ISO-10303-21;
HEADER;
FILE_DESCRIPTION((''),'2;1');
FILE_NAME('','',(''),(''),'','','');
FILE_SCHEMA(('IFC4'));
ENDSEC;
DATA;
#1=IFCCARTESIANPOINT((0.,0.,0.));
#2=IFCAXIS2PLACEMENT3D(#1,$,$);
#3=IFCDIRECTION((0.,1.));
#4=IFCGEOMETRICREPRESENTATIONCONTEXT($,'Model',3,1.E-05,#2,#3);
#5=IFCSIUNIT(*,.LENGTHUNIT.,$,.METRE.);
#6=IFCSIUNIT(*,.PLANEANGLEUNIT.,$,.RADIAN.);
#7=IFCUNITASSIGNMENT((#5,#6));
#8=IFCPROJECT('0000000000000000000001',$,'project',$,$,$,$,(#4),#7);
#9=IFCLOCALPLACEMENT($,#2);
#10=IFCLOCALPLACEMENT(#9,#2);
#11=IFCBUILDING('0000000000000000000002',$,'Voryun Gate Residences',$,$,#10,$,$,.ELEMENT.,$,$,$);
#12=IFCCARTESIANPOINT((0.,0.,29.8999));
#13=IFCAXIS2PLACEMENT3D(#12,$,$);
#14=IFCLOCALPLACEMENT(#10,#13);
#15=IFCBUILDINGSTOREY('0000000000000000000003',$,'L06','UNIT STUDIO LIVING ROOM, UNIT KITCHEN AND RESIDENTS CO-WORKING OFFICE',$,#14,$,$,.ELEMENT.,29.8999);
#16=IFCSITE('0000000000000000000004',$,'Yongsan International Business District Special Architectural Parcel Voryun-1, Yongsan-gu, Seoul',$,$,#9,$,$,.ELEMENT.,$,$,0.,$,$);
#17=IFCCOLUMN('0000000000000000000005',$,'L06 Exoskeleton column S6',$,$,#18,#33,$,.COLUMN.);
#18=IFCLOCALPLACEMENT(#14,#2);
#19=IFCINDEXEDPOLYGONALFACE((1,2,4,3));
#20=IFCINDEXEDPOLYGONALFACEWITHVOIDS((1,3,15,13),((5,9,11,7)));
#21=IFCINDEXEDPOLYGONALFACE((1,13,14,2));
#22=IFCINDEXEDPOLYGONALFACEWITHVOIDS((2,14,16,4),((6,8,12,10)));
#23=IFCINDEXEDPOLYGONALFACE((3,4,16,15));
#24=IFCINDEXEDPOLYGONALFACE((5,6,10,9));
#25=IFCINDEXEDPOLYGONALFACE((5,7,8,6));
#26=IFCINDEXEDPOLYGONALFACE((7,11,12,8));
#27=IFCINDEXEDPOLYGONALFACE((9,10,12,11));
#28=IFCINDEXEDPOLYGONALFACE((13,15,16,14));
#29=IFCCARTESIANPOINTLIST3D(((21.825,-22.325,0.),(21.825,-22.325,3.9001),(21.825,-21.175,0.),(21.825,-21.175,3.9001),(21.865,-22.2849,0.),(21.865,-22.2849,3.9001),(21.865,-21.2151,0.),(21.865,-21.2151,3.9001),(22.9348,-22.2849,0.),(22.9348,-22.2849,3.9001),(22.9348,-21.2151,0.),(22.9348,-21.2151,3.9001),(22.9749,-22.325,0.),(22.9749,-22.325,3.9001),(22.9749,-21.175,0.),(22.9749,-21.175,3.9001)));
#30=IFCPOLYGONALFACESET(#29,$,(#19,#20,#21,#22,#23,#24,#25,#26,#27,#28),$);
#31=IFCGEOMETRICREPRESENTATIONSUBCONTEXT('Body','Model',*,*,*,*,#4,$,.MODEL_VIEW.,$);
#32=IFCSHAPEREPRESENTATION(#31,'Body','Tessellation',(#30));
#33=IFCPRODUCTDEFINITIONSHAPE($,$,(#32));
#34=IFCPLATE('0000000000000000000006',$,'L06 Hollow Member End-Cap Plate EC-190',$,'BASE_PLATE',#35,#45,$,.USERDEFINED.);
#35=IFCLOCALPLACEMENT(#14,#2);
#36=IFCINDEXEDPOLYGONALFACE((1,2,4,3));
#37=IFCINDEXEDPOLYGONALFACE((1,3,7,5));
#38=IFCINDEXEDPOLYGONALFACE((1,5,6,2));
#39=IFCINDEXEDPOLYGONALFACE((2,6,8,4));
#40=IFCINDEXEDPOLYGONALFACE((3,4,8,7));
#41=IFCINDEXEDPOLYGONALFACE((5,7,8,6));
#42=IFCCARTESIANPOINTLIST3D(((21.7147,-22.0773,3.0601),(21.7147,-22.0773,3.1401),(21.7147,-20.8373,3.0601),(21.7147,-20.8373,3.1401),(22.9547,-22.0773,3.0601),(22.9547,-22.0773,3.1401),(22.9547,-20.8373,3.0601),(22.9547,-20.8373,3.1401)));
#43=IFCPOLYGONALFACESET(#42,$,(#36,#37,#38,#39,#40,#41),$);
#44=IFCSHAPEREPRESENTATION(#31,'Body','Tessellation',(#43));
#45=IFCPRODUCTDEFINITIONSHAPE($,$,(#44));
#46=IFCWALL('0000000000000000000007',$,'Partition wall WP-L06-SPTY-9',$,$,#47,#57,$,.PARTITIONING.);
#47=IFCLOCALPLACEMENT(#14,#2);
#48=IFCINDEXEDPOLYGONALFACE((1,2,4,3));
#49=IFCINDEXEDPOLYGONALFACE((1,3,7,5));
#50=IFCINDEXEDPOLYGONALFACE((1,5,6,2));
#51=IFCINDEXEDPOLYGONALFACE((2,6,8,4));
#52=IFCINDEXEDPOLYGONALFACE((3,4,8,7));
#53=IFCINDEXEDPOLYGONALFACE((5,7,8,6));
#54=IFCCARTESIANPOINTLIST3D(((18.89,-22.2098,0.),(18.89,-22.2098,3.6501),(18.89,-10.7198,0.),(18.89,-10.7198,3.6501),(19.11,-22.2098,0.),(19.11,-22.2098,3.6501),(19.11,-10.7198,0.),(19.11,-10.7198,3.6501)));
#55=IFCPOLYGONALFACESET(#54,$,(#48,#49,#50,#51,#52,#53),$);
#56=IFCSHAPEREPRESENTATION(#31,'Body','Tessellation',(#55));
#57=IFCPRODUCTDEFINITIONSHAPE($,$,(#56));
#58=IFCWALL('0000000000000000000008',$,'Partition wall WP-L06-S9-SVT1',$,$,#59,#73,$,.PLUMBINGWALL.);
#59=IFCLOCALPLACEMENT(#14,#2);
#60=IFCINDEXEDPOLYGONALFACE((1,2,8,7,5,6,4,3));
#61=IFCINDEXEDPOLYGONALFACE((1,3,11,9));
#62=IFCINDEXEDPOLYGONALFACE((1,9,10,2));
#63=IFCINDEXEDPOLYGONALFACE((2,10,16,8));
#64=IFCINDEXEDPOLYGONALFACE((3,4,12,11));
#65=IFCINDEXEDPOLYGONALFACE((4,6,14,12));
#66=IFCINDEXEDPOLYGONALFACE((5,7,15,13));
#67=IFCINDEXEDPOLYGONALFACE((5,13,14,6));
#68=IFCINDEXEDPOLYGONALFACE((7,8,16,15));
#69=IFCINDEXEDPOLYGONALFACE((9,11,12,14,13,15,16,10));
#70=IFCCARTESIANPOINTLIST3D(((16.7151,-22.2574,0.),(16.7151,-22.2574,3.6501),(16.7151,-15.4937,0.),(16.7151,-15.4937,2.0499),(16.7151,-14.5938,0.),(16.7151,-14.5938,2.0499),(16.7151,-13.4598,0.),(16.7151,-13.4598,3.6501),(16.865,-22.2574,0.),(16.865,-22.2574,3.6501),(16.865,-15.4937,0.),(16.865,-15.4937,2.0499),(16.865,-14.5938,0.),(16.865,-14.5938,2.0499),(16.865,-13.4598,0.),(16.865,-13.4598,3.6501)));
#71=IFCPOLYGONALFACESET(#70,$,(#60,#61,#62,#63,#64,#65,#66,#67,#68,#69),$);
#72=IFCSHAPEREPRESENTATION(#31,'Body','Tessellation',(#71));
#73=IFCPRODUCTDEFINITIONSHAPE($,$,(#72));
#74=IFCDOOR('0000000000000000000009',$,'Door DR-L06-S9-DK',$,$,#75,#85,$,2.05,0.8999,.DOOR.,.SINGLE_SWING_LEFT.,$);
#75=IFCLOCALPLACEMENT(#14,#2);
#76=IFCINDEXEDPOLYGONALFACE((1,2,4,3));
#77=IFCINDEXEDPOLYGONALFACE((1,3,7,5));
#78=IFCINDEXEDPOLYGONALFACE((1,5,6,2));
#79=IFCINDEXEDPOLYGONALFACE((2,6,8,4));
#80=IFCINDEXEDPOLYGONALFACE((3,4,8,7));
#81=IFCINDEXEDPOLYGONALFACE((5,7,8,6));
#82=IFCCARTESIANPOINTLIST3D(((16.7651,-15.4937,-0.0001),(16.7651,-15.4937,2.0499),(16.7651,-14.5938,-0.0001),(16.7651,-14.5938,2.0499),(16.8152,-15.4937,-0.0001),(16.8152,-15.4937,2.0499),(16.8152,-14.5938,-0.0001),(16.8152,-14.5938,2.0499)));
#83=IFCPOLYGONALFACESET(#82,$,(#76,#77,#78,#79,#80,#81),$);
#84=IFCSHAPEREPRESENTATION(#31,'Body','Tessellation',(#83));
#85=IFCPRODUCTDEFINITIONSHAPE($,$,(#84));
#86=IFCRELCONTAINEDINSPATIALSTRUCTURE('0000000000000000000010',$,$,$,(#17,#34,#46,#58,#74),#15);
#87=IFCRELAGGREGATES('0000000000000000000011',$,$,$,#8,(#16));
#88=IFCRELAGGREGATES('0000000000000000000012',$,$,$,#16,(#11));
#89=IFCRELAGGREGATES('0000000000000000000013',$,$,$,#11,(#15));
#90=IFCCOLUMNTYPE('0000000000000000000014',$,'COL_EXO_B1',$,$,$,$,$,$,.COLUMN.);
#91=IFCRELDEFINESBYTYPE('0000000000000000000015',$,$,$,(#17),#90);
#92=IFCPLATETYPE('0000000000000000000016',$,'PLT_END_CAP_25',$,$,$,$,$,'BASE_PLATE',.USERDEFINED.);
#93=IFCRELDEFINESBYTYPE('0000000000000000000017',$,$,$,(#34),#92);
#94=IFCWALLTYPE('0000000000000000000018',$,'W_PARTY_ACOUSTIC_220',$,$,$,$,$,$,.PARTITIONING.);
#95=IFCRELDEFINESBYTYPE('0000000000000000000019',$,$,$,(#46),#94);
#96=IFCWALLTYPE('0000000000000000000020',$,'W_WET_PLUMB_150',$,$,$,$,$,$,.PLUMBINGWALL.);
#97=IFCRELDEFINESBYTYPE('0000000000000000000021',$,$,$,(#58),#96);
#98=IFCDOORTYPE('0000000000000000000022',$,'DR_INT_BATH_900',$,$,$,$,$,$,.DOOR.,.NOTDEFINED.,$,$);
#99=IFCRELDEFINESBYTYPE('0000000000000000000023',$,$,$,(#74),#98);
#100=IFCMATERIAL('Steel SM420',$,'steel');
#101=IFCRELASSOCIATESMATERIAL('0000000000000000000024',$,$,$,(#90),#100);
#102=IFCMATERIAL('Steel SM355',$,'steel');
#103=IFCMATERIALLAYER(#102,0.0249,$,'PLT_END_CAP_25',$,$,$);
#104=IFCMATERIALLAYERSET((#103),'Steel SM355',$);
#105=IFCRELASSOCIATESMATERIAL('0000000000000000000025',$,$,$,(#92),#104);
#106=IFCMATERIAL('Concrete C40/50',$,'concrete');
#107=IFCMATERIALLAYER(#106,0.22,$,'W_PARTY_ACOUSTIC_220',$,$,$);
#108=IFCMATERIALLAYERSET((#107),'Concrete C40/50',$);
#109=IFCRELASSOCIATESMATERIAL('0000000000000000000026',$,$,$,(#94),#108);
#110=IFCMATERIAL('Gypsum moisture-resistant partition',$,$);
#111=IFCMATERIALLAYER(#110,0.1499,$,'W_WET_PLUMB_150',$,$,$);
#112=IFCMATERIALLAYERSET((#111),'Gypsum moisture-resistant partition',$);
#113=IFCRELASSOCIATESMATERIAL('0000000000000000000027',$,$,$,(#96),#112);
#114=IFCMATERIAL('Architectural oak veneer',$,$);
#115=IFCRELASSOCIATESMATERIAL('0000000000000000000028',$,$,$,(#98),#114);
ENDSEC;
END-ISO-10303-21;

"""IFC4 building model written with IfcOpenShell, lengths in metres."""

from ifc_helpers import new_model, si_unit, direction, frame, frame_2d, origin, origin_2d, place, context, subcontext, project, spatial, rectangle, hollow_rectangle, extrude, material, layer, layer_set, material_profile, profile_set, type_object, element, fill, save


model = new_model("IFC4")

# Units and contexts
model_context = context("Model", 3, precision=1e-05, world=origin(), true_north=direction((0.0, 1.0)))
body_context = subcontext(model_context, "Body", "Model", "MODEL_VIEW")
ifc_project = project(units=[si_unit("LENGTHUNIT", "METRE"), si_unit("PLANEANGLEUNIT", "RADIAN")], contexts=[model_context])

# Site, building, storey
site_placement = place(None, origin())
site = spatial("IfcSite", under=ifc_project, at=site_placement, Name="Yongsan International Business District Special Architectural Parcel Voryun-1, Yongsan-gu, Seoul", CompositionType="ELEMENT", RefElevation=0.0)
building_placement = place(site_placement, origin())
building = spatial("IfcBuilding", under=site, at=building_placement, Name="Voryun Gate Residences", CompositionType="ELEMENT")
storey_placement = place(building_placement, frame((0.0, 0.0, 29.8999)))
storey = spatial("IfcBuildingStorey", under=building, at=storey_placement, Name="L06", Description="UNIT STUDIO LIVING ROOM, UNIT KITCHEN AND RESIDENTS CO-WORKING OFFICE", CompositionType="ELEMENT", Elevation=29.8999)

# Column
ifc_material_1 = material(Name="Steel SM420", Category="steel")
ifc_material_profile = material_profile(ifc_material_1, hollow_rectangle(XDim=1.1499, YDim=1.1499, WallThickness=0.04, at=origin_2d()), Name="BOX-1150x1150x40")
ifc_profile_set = profile_set([ifc_material_profile], Name="Steel SM420")
column_type = type_object("IfcColumnType", Name="COL_EXO_B1", PredefinedType="COLUMN", material=ifc_profile_set)
column_placement = place(storey_placement, frame((22.3999, -21.75, 0.0), z_axis=(0.0, 0.0, 1.0), x_axis=(1.0, 0.0, 0.0)))
element("IfcColumn", 1, at=column_placement, inside=storey, type_object=column_type, Name="L06 Exoskeleton column S6", PredefinedType="COLUMN", context=body_context, shape_type="SweptSolid", body=[
    extrude(hollow_rectangle(XDim=1.1499, YDim=1.1499, WallThickness=0.04, at=origin_2d()), origin(), (0.0, 0.0, 1.0), 3.9001),
])

# Plate
ifc_material_2 = material(Name="Steel SM355", Category="steel")
ifc_layer_1 = layer(ifc_material_2, 0.0249, Name="PLT_END_CAP_25")
ifc_layer_set_1 = layer_set([ifc_layer_1], Name="Steel SM355")
plate_type = type_object("IfcPlateType", Name="PLT_END_CAP_25", ElementType="BASE_PLATE", PredefinedType="USERDEFINED", material=ifc_layer_set_1)
plate_placement = place(storey_placement, frame((22.3347, -21.4573, 3.0601), z_axis=(0.0, 0.0, 1.0), x_axis=(1.0, 0.0, 0.0)))
element("IfcPlate", 2, at=plate_placement, inside=storey, type_object=plate_type, Name="L06 Hollow Member End-Cap Plate EC-190", ObjectType="BASE_PLATE", PredefinedType="USERDEFINED", context=body_context, shape_type="SweptSolid", body=[
    extrude(rectangle(XDim=1.24, YDim=1.24, at=origin_2d()), origin(), (0.0, 0.0, 1.0), 0.0801),
])

# Wall
ifc_material_3 = material(Name="Concrete C40/50", Category="concrete")
ifc_layer_2 = layer(ifc_material_3, 0.22, Name="W_PARTY_ACOUSTIC_220")
ifc_layer_set_2 = layer_set([ifc_layer_2], Name="Concrete C40/50")
wall_type_1 = type_object("IfcWallType", Name="W_PARTY_ACOUSTIC_220", PredefinedType="PARTITIONING", material=ifc_layer_set_2)
wall_1_placement = place(storey_placement, frame((19.0, -22.21, 0.0), z_axis=(0.0, 0.0, 1.0), x_axis=(0.0, 1.0, 0.0)))
element("IfcWall", 3, at=wall_1_placement, inside=storey, type_object=wall_type_1, Name="Partition wall WP-L06-SPTY-9", PredefinedType="PARTITIONING", context=body_context, shape_type="SweptSolid", body=[
    extrude(rectangle(XDim=11.49, YDim=0.22, at=frame_2d((5.7451, 0.0))), origin(), (0.0, 0.0, 1.0), 3.6501),
])

# Wall, opening, door
ifc_material_4 = material(Name="Gypsum moisture-resistant partition")
ifc_layer_3 = layer(ifc_material_4, 0.1499, Name="W_WET_PLUMB_150")
ifc_layer_set_3 = layer_set([ifc_layer_3], Name="Gypsum moisture-resistant partition")
wall_type_2 = type_object("IfcWallType", Name="W_WET_PLUMB_150", PredefinedType="PLUMBINGWALL", material=ifc_layer_set_3)
wall_2_placement = place(storey_placement, frame((16.79, -22.2576, 0.0), z_axis=(0.0, 0.0, 1.0), x_axis=(0.0, 1.0, 0.0)))
wall_2 = element("IfcWall", 4, at=wall_2_placement, inside=storey, type_object=wall_type_2, Name="Partition wall WP-L06-S9-SVT1", PredefinedType="PLUMBINGWALL", context=body_context, shape_type="SweptSolid", body=[
    extrude(rectangle(XDim=8.7976, YDim=0.1499, at=frame_2d((4.3989, 0.0))), origin(), (0.0, 0.0, 1.0), 3.6501),
])
opening_1_placement = place(wall_2_placement, frame((6.7639, 0.0, 0.0)))
opening_1 = element("IfcOpeningElement", 5, at=opening_1_placement, cuts=wall_2, PredefinedType="OPENING", context=body_context, shape_type="SweptSolid", body=[
    extrude(rectangle(XDim=0.8999, YDim=2.05, at=frame_2d((0.45, 1.0249))), frame((0.0, 0.085, 0.0), z_axis=(0.0, -1.0, 0.0), x_axis=(1.0, 0.0, 0.0)), (0.0, 0.0, 1.0), 0.1699),
])
ifc_material_5 = material(Name="Architectural oak veneer")
door_type = type_object("IfcDoorType", Name="DR_INT_BATH_900", OperationType="NOTDEFINED", PredefinedType="DOOR", material=ifc_material_5)
door_placement = place(opening_1_placement, origin())
door = element("IfcDoor", 6, at=door_placement, inside=storey, type_object=door_type, Name="Door DR-L06-S9-DK", OperationType="SINGLE_SWING_LEFT", OverallHeight=2.05, OverallWidth=0.8999, PredefinedType="DOOR", context=body_context, shape_type="SweptSolid", body=[
    extrude(rectangle(XDim=0.8999, YDim=2.05, at=frame_2d((0.45, 1.0249))), frame((0.0, 0.0249, 0.0), z_axis=(0.0, -1.0, 0.0), x_axis=(1.0, 0.0, 0.0)), (0.0, 0.0, 1.0), 0.05),
])
fill(opening_1, door)

save(model, "model.ifc")
